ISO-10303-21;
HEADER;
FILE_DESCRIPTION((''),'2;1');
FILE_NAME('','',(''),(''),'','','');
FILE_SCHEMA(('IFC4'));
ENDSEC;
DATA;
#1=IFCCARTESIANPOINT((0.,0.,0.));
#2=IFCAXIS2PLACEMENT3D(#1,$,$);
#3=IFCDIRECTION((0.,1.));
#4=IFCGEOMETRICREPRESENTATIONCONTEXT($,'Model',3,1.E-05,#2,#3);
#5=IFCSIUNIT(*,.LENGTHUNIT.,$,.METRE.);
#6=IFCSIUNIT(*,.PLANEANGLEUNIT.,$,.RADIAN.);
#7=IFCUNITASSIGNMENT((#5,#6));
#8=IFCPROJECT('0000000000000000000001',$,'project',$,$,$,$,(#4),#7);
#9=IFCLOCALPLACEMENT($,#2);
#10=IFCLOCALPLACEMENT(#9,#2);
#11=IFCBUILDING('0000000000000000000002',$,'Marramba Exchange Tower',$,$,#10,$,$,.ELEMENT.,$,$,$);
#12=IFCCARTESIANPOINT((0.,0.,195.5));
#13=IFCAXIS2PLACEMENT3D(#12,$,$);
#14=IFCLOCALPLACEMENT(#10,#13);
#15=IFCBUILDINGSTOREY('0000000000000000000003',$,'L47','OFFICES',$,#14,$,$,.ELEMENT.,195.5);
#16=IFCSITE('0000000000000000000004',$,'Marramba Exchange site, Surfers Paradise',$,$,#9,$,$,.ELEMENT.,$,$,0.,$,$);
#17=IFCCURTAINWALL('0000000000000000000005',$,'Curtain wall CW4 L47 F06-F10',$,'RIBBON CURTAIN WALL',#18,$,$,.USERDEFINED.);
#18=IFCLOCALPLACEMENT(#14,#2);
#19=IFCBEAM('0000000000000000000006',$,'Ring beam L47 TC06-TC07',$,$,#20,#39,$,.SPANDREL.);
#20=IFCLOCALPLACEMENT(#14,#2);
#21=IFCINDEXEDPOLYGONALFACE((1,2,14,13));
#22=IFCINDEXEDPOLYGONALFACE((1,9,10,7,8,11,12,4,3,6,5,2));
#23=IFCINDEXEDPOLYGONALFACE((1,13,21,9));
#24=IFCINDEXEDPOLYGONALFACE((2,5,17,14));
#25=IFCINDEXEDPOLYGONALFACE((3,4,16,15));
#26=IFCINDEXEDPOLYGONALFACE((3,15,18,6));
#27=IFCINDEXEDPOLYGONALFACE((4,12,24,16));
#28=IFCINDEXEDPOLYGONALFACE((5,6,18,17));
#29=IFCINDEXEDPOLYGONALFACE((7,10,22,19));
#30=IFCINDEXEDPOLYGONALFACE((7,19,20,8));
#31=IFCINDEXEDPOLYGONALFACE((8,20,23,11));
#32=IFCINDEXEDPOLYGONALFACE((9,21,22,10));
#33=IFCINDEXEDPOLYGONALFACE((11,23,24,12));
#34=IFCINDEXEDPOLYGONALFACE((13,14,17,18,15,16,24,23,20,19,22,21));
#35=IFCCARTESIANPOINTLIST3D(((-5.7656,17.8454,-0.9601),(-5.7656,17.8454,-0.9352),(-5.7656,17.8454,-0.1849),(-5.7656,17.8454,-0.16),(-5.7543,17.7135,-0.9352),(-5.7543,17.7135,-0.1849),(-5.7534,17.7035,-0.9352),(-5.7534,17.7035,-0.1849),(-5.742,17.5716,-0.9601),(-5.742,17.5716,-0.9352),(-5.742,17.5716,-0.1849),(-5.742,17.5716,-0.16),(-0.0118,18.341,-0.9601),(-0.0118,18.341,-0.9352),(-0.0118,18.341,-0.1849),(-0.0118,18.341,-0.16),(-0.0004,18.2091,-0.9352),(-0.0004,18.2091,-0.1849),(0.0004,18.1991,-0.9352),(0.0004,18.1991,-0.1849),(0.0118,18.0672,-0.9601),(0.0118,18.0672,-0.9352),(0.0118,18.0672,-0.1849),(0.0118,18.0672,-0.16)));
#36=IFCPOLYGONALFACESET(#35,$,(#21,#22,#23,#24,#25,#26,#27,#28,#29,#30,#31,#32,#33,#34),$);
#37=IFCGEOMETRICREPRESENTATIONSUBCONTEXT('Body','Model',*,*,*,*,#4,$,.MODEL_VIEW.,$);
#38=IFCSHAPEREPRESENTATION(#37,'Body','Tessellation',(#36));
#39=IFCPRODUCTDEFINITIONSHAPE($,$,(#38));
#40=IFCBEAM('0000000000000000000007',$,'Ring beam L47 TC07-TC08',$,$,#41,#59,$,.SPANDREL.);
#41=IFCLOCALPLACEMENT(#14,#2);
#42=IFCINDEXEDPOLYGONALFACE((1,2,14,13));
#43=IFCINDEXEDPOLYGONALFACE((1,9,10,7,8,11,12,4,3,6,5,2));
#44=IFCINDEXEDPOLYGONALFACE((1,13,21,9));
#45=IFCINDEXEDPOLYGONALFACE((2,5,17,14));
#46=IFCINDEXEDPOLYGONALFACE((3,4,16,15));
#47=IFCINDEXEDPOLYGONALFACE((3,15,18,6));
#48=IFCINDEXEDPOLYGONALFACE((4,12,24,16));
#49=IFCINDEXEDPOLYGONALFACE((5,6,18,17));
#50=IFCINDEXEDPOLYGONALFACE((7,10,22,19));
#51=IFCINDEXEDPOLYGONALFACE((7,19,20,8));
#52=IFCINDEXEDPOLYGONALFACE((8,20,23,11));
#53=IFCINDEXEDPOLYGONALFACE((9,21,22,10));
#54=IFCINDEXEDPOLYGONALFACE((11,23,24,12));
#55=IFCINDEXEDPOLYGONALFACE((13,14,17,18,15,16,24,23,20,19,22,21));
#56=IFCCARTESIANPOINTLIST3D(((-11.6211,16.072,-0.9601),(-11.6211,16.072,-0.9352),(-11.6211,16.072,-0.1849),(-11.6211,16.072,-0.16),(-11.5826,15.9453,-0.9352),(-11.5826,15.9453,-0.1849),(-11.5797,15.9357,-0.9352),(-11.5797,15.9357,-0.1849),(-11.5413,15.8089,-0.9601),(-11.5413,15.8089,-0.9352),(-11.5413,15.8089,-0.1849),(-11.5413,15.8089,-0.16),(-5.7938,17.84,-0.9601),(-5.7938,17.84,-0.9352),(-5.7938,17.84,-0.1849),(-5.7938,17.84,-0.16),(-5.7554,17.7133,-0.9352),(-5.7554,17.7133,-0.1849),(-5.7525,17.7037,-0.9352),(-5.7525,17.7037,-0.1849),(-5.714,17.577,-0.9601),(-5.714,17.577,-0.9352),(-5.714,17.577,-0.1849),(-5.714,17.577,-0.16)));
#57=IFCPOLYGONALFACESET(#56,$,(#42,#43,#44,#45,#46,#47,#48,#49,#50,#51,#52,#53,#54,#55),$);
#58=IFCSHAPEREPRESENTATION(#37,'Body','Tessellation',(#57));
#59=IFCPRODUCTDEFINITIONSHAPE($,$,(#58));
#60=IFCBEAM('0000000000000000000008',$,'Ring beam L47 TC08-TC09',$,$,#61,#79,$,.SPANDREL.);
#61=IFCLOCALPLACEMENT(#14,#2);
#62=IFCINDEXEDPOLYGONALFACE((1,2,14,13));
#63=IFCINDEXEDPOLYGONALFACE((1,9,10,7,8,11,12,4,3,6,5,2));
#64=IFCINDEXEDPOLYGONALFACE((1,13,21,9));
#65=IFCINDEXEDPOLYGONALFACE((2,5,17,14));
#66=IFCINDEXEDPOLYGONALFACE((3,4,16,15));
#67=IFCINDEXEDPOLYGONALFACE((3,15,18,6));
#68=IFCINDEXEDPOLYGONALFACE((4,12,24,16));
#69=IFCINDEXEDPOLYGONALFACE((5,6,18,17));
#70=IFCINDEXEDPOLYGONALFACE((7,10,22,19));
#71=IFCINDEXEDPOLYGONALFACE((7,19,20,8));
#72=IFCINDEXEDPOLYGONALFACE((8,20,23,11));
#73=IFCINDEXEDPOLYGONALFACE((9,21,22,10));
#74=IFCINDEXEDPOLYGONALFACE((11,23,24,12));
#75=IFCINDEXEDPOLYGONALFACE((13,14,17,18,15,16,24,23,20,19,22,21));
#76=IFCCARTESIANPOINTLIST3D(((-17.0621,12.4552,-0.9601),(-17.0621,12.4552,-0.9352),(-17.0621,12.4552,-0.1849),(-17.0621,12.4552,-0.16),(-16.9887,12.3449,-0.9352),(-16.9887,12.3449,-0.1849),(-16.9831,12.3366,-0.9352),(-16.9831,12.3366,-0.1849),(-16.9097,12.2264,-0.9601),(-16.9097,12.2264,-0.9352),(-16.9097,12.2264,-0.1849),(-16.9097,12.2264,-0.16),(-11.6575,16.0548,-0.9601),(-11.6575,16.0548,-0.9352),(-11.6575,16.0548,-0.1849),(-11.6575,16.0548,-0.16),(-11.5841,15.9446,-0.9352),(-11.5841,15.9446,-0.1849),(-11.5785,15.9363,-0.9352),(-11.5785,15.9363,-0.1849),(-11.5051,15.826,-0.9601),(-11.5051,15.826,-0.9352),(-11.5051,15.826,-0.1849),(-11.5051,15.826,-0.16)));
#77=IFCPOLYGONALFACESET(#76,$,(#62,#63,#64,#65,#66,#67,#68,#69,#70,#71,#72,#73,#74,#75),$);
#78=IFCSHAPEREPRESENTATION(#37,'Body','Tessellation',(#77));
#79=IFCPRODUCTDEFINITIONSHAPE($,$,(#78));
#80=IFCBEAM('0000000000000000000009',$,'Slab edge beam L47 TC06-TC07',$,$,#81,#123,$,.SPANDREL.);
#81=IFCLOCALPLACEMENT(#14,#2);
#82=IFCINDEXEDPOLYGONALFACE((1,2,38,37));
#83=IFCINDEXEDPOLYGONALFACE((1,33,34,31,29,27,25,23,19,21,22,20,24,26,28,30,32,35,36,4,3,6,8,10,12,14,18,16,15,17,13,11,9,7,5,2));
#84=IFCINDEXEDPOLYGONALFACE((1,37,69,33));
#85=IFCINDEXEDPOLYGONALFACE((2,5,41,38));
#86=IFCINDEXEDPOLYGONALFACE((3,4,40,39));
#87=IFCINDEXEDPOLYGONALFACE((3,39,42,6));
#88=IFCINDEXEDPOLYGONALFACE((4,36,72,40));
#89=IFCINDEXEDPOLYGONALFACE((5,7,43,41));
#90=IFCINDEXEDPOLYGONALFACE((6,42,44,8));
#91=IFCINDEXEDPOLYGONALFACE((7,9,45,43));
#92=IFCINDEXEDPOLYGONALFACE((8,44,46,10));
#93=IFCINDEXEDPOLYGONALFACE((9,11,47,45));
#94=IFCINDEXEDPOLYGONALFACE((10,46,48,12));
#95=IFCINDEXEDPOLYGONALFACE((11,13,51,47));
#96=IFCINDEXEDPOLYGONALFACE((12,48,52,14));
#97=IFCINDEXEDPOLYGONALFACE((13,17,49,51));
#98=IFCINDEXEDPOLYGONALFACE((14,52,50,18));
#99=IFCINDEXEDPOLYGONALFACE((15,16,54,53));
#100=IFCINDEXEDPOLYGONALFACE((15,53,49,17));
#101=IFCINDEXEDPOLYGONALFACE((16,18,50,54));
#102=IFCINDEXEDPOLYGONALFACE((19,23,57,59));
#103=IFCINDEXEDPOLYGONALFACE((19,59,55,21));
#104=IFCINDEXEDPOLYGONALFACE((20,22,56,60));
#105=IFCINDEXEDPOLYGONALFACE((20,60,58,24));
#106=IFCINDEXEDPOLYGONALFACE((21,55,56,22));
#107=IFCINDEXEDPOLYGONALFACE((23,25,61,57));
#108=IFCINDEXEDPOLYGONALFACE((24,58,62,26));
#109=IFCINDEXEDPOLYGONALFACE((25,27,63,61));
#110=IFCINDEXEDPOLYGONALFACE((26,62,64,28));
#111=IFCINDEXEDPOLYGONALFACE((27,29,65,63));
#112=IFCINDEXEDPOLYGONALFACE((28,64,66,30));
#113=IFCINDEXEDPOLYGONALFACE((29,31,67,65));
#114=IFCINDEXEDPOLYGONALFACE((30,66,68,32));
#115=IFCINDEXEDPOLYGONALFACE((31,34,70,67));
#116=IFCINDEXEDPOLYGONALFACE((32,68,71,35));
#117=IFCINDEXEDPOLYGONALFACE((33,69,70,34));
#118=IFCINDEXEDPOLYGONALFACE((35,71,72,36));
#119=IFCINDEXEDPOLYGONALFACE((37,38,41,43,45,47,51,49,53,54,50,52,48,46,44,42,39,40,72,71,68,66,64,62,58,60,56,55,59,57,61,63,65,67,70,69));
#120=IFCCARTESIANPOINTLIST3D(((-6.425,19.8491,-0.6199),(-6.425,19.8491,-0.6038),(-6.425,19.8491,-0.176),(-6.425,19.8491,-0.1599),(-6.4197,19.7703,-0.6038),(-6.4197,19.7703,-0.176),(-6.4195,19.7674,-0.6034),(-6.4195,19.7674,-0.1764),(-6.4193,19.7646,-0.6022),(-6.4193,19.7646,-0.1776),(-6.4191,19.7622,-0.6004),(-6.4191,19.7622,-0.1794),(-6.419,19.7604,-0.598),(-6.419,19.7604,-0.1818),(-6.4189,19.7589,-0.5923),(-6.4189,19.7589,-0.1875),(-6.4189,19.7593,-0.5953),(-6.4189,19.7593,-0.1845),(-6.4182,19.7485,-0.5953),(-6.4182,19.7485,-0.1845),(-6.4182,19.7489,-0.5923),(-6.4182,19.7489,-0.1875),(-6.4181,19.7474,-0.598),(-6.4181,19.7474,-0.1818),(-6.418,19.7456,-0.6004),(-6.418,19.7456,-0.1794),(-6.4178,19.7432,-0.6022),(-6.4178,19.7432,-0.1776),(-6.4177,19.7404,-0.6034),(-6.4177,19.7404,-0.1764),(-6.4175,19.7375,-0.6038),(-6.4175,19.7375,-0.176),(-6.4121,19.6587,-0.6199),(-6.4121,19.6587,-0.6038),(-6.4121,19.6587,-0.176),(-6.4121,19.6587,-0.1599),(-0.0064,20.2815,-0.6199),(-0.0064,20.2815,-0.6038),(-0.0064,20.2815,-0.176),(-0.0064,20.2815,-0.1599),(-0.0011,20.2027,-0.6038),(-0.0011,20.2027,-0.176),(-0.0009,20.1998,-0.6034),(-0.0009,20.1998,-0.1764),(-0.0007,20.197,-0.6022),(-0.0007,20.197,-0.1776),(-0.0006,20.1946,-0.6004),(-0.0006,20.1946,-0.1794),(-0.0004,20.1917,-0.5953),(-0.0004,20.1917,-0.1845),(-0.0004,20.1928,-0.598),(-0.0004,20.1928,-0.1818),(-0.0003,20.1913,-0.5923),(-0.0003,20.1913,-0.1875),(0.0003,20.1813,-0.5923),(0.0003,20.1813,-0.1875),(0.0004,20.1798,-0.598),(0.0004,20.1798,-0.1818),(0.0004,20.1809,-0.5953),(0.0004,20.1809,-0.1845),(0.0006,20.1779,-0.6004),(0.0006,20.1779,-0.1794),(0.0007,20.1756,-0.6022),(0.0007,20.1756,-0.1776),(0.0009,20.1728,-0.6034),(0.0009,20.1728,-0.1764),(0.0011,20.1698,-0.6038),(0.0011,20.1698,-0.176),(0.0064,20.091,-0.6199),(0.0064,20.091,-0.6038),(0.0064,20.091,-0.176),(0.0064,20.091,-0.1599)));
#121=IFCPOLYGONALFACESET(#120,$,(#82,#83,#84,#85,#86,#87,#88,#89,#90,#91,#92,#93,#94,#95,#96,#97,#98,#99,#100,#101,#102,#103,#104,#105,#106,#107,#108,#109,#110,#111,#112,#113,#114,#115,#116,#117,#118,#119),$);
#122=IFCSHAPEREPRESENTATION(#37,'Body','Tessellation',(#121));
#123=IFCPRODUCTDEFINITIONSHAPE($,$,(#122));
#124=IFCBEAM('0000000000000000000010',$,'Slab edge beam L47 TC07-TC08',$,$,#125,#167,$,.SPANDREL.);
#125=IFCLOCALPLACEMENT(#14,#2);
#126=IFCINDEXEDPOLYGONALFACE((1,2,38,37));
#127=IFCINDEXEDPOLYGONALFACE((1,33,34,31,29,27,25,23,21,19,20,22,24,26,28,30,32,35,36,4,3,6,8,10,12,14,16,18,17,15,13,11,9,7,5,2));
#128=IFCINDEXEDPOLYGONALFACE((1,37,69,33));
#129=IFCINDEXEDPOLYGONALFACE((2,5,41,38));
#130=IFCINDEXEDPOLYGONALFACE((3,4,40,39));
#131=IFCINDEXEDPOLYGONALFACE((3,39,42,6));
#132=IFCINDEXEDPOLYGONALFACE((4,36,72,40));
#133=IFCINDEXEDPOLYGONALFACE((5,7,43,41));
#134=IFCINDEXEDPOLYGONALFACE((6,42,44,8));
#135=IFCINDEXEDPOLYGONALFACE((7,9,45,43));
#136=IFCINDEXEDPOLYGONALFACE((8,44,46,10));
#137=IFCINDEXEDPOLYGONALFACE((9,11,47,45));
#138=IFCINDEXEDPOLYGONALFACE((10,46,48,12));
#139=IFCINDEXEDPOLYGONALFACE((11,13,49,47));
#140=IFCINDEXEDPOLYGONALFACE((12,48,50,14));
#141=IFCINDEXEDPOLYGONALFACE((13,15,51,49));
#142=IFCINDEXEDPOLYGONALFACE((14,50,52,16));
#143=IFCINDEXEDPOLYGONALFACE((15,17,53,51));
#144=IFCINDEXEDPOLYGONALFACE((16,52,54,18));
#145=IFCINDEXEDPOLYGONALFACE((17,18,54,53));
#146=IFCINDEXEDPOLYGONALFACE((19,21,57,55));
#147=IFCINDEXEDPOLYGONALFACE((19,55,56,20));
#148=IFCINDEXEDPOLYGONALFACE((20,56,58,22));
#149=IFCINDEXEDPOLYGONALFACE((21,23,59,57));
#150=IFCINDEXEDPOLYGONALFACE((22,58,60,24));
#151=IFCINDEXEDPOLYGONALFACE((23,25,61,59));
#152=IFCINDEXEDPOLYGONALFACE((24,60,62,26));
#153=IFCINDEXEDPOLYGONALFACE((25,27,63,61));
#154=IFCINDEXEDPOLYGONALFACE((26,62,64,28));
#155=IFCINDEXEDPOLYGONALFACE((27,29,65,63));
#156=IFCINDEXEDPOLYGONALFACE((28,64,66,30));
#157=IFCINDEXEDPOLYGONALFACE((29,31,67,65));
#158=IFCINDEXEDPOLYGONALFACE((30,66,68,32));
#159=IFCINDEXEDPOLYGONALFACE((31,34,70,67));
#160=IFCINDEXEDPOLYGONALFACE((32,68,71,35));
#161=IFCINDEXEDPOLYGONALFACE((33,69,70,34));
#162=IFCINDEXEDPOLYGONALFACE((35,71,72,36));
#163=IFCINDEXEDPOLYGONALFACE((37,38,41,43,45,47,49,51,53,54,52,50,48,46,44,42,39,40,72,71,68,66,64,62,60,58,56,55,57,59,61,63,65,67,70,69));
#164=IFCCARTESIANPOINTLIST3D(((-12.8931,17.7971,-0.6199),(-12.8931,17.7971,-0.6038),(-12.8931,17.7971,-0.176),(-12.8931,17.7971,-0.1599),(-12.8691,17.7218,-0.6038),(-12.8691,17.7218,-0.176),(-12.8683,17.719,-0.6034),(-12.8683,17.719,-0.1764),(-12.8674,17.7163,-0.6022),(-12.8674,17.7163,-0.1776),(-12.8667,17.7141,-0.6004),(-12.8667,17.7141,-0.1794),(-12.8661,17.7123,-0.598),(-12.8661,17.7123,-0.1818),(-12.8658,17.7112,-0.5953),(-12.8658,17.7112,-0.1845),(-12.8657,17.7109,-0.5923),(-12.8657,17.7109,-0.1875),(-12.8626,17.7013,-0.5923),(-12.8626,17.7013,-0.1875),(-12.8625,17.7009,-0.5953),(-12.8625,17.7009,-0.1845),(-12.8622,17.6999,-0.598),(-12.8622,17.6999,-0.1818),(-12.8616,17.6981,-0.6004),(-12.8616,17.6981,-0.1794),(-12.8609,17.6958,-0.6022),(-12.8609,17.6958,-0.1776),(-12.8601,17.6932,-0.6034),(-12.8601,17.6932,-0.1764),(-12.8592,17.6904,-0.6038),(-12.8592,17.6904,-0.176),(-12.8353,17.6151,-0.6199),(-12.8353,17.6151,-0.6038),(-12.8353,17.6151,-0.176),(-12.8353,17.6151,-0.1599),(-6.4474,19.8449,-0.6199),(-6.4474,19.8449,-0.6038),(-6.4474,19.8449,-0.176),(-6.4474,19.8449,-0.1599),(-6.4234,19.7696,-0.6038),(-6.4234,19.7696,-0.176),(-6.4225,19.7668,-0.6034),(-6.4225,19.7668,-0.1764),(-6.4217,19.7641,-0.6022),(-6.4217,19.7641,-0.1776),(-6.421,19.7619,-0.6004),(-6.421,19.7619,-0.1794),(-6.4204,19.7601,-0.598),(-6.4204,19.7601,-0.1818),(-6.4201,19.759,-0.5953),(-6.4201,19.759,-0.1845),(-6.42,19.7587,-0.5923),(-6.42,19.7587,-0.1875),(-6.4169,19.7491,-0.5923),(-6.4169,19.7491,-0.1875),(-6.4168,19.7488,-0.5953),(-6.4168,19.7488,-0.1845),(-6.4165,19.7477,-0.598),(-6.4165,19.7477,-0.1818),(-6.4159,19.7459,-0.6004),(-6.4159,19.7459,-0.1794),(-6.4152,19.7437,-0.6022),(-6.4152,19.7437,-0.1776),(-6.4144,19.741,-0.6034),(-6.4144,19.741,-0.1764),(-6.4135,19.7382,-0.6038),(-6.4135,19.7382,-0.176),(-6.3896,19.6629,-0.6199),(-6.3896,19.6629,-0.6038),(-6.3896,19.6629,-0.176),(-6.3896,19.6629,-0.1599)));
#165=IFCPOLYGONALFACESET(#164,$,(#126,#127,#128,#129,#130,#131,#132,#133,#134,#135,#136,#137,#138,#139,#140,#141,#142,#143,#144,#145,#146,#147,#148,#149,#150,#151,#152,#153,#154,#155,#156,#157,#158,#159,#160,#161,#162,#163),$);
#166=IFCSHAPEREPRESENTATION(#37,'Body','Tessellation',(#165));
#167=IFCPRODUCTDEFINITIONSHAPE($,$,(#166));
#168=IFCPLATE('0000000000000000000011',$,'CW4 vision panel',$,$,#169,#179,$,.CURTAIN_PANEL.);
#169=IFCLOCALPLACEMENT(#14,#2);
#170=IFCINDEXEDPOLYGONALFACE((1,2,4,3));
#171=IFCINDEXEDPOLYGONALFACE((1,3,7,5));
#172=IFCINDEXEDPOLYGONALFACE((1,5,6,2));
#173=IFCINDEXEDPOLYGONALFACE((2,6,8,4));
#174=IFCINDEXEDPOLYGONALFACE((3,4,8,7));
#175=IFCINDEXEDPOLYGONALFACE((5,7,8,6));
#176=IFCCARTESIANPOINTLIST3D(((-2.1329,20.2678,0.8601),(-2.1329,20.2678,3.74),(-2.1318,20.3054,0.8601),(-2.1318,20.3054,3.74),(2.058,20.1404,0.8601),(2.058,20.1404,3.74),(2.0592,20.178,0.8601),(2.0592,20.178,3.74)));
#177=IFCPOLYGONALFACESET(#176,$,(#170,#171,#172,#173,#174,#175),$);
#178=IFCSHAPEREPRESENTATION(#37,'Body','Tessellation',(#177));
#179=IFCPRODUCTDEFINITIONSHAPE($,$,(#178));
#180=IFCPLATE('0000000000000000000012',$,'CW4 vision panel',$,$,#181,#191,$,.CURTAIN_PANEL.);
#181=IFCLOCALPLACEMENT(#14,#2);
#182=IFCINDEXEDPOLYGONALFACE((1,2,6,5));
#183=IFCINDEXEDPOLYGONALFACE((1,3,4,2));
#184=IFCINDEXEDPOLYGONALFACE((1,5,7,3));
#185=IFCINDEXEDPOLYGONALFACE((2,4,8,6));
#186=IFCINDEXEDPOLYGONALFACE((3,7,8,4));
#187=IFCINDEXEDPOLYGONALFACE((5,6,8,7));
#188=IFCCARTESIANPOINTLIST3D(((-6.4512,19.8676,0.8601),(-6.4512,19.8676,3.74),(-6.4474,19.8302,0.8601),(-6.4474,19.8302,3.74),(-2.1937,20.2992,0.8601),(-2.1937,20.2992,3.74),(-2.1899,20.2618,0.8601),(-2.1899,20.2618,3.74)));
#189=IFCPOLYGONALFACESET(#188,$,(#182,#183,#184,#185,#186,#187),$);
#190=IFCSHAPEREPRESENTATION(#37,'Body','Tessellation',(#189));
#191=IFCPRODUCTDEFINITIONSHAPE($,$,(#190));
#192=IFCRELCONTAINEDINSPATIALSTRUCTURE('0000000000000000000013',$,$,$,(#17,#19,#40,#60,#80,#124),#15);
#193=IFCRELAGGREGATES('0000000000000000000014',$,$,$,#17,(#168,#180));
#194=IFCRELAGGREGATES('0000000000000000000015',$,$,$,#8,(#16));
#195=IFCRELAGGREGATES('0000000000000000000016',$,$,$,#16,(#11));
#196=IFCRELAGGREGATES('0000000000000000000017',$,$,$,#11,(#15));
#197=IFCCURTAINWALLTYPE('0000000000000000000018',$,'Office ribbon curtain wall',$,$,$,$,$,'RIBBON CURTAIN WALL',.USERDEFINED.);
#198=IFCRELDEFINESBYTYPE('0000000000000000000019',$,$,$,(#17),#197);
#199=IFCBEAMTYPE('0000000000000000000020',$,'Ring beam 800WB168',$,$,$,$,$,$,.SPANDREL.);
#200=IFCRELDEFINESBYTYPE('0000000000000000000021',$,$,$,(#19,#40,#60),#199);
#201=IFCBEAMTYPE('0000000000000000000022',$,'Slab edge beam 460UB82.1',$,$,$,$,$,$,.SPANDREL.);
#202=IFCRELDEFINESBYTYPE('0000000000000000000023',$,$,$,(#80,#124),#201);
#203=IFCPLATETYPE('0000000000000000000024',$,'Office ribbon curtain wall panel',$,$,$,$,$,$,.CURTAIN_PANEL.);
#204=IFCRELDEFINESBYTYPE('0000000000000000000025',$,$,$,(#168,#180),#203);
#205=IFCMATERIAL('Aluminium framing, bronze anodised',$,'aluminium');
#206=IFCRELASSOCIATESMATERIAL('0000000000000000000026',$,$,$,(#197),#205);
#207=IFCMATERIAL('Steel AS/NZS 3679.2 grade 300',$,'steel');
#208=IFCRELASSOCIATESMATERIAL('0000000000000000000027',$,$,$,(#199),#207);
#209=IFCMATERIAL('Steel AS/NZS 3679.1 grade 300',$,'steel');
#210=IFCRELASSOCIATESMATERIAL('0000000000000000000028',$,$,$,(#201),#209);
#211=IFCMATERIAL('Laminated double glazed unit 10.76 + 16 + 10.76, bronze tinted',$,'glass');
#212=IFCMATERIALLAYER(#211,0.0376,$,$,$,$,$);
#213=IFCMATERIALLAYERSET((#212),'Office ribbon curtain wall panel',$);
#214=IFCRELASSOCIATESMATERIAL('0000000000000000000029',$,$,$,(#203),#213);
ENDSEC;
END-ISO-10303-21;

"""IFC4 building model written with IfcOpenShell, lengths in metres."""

from ifc_helpers import new_model, si_unit, direction, frame, origin, origin_2d, place, context, subcontext, project, spatial, rectangle, i_section, extrude, material, layer, layer_set, material_profile, profile_set, type_object, element, aggregate, save


model = new_model("IFC4")

# Units and contexts
model_context = context("Model", 3, precision=1e-05, world=origin(), true_north=direction((0.0, 1.0)))
body_context = subcontext(model_context, "Body", "Model", "MODEL_VIEW")
ifc_project = project(units=[si_unit("LENGTHUNIT", "METRE"), si_unit("PLANEANGLEUNIT", "RADIAN")], contexts=[model_context])

# Site, building, storey
site_placement = place(None, origin())
site = spatial("IfcSite", under=ifc_project, at=site_placement, Name="Marramba Exchange site, Surfers Paradise", CompositionType="ELEMENT", RefElevation=0.0)
building_placement = place(site_placement, origin())
building = spatial("IfcBuilding", under=site, at=building_placement, Name="Marramba Exchange Tower", CompositionType="ELEMENT")
storey_placement = place(building_placement, frame((0.0, 0.0, 195.5)))
storey = spatial("IfcBuildingStorey", under=building, at=storey_placement, Name="L47", Description="OFFICES", CompositionType="ELEMENT", Elevation=195.5)

# Shared definitions
ifc_material_1 = material(Name="Steel AS/NZS 3679.2 grade 300", Category="steel")

# Curtain wall
ifc_material_2 = material(Name="Aluminium framing, bronze anodised", Category="aluminium")
curtain_wall_type = type_object("IfcCurtainWallType", Name="Office ribbon curtain wall", ElementType="RIBBON CURTAIN WALL", PredefinedType="USERDEFINED", material=ifc_material_2)
curtain_wall_1_placement = place(storey_placement, origin())
curtain_wall_1 = element("IfcCurtainWall", 1, at=curtain_wall_1_placement, inside=storey, type_object=curtain_wall_type, Name="Curtain wall CW4 L47 F06-F10", ObjectType="RIBBON CURTAIN WALL", PredefinedType="USERDEFINED")

# Beams
ifc_material_profile_1 = material_profile(ifc_material_1, i_section(OverallWidth=0.2749, OverallDepth=0.8, WebThickness=0.01, FlangeThickness=0.0249, at=origin_2d()), Name="800WB168")
ifc_profile_set_1 = profile_set([ifc_material_profile_1], Name="Steel AS/NZS 3679.2 grade 300")
beam_type_1 = type_object("IfcBeamType", Name="Ring beam 800WB168", PredefinedType="SPANDREL", material=ifc_profile_set_1)
beam_1_placement = place(storey_placement, frame((0.0, 18.2041, -0.5601), z_axis=(-0.996311, -0.085816, 0.0), x_axis=(0.085816, -0.996311, 0.0)))
element("IfcBeam", 2, at=beam_1_placement, inside=storey, type_object=beam_type_1, Name="Ring beam L47 TC06-TC07", PredefinedType="SPANDREL", context=body_context, shape_type="SweptSolid", body=[
    extrude(i_section(OverallWidth=0.2749, OverallDepth=0.8, WebThickness=0.01, FlangeThickness=0.0249, at=origin_2d()), origin(), (0.0, 0.0, 1.0), 5.7751),
])
beam_2_placement = place(storey_placement, frame((-5.7539, 17.7085, -0.5601), z_axis=(-0.956925, -0.290337, 0.0), x_axis=(0.290337, -0.956925, 0.0)))
element("IfcBeam", 3, at=beam_2_placement, inside=storey, type_object=beam_type_1, Name="Ring beam L47 TC07-TC08", PredefinedType="SPANDREL", context=body_context, shape_type="SweptSolid", body=[
    extrude(i_section(OverallWidth=0.2749, OverallDepth=0.8, WebThickness=0.01, FlangeThickness=0.0249, at=origin_2d()), origin(), (0.0, 0.0, 1.0), 6.0896),
])
beam_3_placement = place(storey_placement, frame((-11.5813, 15.9404, -0.5601), z_axis=(-0.832293, -0.554336, 0.0), x_axis=(0.554336, -0.832293, 0.0)))
element("IfcBeam", 4, at=beam_3_placement, inside=storey, type_object=beam_type_1, Name="Ring beam L47 TC08-TC09", PredefinedType="SPANDREL", context=body_context, shape_type="SweptSolid", body=[
    extrude(i_section(OverallWidth=0.2749, OverallDepth=0.8, WebThickness=0.01, FlangeThickness=0.0249, at=origin_2d()), origin(), (0.0, 0.0, 1.0), 6.4937),
])
ifc_material_3 = material(Name="Steel AS/NZS 3679.1 grade 300", Category="steel")
ifc_material_profile_2 = material_profile(ifc_material_3, i_section(OverallWidth=0.1909, OverallDepth=0.46, WebThickness=0.01, FlangeThickness=0.0161, FilletRadius=0.0115, at=origin_2d()), Name="460UB82.1")
ifc_profile_set_2 = profile_set([ifc_material_profile_2], Name="Steel AS/NZS 3679.1 grade 300")
beam_type_2 = type_object("IfcBeamType", Name="Slab edge beam 460UB82.1", PredefinedType="SPANDREL", material=ifc_profile_set_2)
beam_4_placement = place(storey_placement, frame((0.0, 20.1863, -0.3899), z_axis=(-0.997739, -0.067212, 0.0), x_axis=(0.067212, -0.997739, 0.0)))
element("IfcBeam", 5, at=beam_4_placement, inside=storey, type_object=beam_type_2, Name="Slab edge beam L47 TC06-TC07", PredefinedType="SPANDREL", context=body_context, shape_type="SweptSolid", body=[
    extrude(i_section(OverallWidth=0.1909, OverallDepth=0.46, WebThickness=0.01, FlangeThickness=0.0161, FilletRadius=0.0115, at=origin_2d()), origin(), (0.0, 0.0, 1.0), 6.4331),
])
beam_5_placement = place(storey_placement, frame((-6.4185, 19.7539, -0.3899), z_axis=(-0.953057, -0.302789, 0.0), x_axis=(0.302789, -0.953057, 0.0)))
element("IfcBeam", 6, at=beam_5_placement, inside=storey, type_object=beam_type_2, Name="Slab edge beam L47 TC07-TC08", PredefinedType="SPANDREL", context=body_context, shape_type="SweptSolid", body=[
    extrude(i_section(OverallWidth=0.1909, OverallDepth=0.46, WebThickness=0.01, FlangeThickness=0.0161, FilletRadius=0.0115, at=origin_2d()), origin(), (0.0, 0.0, 1.0), 6.7632),
])

# Plates
ifc_material_4 = material(Name="Laminated double glazed unit 10.76 + 16 + 10.76, bronze tinted", Category="glass")
ifc_layer_1 = layer(ifc_material_4, 0.0376)
ifc_layer_set_1 = layer_set([ifc_layer_1], Name="Office ribbon curtain wall panel")
plate_type = type_object("IfcPlateType", Name="Office ribbon curtain wall panel", PredefinedType="CURTAIN_PANEL", material=ifc_layer_set_1)
plate_1_placement = place(storey_placement, frame((-0.0369, 20.2229, 0.8601), z_axis=(0.0, 0.0, 1.0), x_axis=(-0.999538, 0.030394, 0.0)))
plate_1 = element("IfcPlate", 7, at=plate_1_placement, type_object=plate_type, Name="CW4 vision panel", PredefinedType="CURTAIN_PANEL", context=body_context, shape_type="SweptSolid", body=[
    extrude(rectangle(XDim=4.1929, YDim=0.0376, at=origin_2d()), origin(), (0.0, 0.0, 1.0), 2.8799),
])
plate_2_placement = place(storey_placement, frame((-4.3206, 20.0647, 0.8601), z_axis=(0.0, 0.0, 1.0), x_axis=(-0.9949, -0.100863, 0.0)))
plate_2 = element("IfcPlate", 8, at=plate_2_placement, type_object=plate_type, Name="CW4 vision panel", PredefinedType="CURTAIN_PANEL", context=body_context, shape_type="SweptSolid", body=[
    extrude(rectangle(XDim=4.2793, YDim=0.0376, at=origin_2d()), origin(), (0.0, 0.0, 1.0), 2.8799),
])
aggregate(curtain_wall_1, [plate_1, plate_2])

save(model, "model.ifc")
